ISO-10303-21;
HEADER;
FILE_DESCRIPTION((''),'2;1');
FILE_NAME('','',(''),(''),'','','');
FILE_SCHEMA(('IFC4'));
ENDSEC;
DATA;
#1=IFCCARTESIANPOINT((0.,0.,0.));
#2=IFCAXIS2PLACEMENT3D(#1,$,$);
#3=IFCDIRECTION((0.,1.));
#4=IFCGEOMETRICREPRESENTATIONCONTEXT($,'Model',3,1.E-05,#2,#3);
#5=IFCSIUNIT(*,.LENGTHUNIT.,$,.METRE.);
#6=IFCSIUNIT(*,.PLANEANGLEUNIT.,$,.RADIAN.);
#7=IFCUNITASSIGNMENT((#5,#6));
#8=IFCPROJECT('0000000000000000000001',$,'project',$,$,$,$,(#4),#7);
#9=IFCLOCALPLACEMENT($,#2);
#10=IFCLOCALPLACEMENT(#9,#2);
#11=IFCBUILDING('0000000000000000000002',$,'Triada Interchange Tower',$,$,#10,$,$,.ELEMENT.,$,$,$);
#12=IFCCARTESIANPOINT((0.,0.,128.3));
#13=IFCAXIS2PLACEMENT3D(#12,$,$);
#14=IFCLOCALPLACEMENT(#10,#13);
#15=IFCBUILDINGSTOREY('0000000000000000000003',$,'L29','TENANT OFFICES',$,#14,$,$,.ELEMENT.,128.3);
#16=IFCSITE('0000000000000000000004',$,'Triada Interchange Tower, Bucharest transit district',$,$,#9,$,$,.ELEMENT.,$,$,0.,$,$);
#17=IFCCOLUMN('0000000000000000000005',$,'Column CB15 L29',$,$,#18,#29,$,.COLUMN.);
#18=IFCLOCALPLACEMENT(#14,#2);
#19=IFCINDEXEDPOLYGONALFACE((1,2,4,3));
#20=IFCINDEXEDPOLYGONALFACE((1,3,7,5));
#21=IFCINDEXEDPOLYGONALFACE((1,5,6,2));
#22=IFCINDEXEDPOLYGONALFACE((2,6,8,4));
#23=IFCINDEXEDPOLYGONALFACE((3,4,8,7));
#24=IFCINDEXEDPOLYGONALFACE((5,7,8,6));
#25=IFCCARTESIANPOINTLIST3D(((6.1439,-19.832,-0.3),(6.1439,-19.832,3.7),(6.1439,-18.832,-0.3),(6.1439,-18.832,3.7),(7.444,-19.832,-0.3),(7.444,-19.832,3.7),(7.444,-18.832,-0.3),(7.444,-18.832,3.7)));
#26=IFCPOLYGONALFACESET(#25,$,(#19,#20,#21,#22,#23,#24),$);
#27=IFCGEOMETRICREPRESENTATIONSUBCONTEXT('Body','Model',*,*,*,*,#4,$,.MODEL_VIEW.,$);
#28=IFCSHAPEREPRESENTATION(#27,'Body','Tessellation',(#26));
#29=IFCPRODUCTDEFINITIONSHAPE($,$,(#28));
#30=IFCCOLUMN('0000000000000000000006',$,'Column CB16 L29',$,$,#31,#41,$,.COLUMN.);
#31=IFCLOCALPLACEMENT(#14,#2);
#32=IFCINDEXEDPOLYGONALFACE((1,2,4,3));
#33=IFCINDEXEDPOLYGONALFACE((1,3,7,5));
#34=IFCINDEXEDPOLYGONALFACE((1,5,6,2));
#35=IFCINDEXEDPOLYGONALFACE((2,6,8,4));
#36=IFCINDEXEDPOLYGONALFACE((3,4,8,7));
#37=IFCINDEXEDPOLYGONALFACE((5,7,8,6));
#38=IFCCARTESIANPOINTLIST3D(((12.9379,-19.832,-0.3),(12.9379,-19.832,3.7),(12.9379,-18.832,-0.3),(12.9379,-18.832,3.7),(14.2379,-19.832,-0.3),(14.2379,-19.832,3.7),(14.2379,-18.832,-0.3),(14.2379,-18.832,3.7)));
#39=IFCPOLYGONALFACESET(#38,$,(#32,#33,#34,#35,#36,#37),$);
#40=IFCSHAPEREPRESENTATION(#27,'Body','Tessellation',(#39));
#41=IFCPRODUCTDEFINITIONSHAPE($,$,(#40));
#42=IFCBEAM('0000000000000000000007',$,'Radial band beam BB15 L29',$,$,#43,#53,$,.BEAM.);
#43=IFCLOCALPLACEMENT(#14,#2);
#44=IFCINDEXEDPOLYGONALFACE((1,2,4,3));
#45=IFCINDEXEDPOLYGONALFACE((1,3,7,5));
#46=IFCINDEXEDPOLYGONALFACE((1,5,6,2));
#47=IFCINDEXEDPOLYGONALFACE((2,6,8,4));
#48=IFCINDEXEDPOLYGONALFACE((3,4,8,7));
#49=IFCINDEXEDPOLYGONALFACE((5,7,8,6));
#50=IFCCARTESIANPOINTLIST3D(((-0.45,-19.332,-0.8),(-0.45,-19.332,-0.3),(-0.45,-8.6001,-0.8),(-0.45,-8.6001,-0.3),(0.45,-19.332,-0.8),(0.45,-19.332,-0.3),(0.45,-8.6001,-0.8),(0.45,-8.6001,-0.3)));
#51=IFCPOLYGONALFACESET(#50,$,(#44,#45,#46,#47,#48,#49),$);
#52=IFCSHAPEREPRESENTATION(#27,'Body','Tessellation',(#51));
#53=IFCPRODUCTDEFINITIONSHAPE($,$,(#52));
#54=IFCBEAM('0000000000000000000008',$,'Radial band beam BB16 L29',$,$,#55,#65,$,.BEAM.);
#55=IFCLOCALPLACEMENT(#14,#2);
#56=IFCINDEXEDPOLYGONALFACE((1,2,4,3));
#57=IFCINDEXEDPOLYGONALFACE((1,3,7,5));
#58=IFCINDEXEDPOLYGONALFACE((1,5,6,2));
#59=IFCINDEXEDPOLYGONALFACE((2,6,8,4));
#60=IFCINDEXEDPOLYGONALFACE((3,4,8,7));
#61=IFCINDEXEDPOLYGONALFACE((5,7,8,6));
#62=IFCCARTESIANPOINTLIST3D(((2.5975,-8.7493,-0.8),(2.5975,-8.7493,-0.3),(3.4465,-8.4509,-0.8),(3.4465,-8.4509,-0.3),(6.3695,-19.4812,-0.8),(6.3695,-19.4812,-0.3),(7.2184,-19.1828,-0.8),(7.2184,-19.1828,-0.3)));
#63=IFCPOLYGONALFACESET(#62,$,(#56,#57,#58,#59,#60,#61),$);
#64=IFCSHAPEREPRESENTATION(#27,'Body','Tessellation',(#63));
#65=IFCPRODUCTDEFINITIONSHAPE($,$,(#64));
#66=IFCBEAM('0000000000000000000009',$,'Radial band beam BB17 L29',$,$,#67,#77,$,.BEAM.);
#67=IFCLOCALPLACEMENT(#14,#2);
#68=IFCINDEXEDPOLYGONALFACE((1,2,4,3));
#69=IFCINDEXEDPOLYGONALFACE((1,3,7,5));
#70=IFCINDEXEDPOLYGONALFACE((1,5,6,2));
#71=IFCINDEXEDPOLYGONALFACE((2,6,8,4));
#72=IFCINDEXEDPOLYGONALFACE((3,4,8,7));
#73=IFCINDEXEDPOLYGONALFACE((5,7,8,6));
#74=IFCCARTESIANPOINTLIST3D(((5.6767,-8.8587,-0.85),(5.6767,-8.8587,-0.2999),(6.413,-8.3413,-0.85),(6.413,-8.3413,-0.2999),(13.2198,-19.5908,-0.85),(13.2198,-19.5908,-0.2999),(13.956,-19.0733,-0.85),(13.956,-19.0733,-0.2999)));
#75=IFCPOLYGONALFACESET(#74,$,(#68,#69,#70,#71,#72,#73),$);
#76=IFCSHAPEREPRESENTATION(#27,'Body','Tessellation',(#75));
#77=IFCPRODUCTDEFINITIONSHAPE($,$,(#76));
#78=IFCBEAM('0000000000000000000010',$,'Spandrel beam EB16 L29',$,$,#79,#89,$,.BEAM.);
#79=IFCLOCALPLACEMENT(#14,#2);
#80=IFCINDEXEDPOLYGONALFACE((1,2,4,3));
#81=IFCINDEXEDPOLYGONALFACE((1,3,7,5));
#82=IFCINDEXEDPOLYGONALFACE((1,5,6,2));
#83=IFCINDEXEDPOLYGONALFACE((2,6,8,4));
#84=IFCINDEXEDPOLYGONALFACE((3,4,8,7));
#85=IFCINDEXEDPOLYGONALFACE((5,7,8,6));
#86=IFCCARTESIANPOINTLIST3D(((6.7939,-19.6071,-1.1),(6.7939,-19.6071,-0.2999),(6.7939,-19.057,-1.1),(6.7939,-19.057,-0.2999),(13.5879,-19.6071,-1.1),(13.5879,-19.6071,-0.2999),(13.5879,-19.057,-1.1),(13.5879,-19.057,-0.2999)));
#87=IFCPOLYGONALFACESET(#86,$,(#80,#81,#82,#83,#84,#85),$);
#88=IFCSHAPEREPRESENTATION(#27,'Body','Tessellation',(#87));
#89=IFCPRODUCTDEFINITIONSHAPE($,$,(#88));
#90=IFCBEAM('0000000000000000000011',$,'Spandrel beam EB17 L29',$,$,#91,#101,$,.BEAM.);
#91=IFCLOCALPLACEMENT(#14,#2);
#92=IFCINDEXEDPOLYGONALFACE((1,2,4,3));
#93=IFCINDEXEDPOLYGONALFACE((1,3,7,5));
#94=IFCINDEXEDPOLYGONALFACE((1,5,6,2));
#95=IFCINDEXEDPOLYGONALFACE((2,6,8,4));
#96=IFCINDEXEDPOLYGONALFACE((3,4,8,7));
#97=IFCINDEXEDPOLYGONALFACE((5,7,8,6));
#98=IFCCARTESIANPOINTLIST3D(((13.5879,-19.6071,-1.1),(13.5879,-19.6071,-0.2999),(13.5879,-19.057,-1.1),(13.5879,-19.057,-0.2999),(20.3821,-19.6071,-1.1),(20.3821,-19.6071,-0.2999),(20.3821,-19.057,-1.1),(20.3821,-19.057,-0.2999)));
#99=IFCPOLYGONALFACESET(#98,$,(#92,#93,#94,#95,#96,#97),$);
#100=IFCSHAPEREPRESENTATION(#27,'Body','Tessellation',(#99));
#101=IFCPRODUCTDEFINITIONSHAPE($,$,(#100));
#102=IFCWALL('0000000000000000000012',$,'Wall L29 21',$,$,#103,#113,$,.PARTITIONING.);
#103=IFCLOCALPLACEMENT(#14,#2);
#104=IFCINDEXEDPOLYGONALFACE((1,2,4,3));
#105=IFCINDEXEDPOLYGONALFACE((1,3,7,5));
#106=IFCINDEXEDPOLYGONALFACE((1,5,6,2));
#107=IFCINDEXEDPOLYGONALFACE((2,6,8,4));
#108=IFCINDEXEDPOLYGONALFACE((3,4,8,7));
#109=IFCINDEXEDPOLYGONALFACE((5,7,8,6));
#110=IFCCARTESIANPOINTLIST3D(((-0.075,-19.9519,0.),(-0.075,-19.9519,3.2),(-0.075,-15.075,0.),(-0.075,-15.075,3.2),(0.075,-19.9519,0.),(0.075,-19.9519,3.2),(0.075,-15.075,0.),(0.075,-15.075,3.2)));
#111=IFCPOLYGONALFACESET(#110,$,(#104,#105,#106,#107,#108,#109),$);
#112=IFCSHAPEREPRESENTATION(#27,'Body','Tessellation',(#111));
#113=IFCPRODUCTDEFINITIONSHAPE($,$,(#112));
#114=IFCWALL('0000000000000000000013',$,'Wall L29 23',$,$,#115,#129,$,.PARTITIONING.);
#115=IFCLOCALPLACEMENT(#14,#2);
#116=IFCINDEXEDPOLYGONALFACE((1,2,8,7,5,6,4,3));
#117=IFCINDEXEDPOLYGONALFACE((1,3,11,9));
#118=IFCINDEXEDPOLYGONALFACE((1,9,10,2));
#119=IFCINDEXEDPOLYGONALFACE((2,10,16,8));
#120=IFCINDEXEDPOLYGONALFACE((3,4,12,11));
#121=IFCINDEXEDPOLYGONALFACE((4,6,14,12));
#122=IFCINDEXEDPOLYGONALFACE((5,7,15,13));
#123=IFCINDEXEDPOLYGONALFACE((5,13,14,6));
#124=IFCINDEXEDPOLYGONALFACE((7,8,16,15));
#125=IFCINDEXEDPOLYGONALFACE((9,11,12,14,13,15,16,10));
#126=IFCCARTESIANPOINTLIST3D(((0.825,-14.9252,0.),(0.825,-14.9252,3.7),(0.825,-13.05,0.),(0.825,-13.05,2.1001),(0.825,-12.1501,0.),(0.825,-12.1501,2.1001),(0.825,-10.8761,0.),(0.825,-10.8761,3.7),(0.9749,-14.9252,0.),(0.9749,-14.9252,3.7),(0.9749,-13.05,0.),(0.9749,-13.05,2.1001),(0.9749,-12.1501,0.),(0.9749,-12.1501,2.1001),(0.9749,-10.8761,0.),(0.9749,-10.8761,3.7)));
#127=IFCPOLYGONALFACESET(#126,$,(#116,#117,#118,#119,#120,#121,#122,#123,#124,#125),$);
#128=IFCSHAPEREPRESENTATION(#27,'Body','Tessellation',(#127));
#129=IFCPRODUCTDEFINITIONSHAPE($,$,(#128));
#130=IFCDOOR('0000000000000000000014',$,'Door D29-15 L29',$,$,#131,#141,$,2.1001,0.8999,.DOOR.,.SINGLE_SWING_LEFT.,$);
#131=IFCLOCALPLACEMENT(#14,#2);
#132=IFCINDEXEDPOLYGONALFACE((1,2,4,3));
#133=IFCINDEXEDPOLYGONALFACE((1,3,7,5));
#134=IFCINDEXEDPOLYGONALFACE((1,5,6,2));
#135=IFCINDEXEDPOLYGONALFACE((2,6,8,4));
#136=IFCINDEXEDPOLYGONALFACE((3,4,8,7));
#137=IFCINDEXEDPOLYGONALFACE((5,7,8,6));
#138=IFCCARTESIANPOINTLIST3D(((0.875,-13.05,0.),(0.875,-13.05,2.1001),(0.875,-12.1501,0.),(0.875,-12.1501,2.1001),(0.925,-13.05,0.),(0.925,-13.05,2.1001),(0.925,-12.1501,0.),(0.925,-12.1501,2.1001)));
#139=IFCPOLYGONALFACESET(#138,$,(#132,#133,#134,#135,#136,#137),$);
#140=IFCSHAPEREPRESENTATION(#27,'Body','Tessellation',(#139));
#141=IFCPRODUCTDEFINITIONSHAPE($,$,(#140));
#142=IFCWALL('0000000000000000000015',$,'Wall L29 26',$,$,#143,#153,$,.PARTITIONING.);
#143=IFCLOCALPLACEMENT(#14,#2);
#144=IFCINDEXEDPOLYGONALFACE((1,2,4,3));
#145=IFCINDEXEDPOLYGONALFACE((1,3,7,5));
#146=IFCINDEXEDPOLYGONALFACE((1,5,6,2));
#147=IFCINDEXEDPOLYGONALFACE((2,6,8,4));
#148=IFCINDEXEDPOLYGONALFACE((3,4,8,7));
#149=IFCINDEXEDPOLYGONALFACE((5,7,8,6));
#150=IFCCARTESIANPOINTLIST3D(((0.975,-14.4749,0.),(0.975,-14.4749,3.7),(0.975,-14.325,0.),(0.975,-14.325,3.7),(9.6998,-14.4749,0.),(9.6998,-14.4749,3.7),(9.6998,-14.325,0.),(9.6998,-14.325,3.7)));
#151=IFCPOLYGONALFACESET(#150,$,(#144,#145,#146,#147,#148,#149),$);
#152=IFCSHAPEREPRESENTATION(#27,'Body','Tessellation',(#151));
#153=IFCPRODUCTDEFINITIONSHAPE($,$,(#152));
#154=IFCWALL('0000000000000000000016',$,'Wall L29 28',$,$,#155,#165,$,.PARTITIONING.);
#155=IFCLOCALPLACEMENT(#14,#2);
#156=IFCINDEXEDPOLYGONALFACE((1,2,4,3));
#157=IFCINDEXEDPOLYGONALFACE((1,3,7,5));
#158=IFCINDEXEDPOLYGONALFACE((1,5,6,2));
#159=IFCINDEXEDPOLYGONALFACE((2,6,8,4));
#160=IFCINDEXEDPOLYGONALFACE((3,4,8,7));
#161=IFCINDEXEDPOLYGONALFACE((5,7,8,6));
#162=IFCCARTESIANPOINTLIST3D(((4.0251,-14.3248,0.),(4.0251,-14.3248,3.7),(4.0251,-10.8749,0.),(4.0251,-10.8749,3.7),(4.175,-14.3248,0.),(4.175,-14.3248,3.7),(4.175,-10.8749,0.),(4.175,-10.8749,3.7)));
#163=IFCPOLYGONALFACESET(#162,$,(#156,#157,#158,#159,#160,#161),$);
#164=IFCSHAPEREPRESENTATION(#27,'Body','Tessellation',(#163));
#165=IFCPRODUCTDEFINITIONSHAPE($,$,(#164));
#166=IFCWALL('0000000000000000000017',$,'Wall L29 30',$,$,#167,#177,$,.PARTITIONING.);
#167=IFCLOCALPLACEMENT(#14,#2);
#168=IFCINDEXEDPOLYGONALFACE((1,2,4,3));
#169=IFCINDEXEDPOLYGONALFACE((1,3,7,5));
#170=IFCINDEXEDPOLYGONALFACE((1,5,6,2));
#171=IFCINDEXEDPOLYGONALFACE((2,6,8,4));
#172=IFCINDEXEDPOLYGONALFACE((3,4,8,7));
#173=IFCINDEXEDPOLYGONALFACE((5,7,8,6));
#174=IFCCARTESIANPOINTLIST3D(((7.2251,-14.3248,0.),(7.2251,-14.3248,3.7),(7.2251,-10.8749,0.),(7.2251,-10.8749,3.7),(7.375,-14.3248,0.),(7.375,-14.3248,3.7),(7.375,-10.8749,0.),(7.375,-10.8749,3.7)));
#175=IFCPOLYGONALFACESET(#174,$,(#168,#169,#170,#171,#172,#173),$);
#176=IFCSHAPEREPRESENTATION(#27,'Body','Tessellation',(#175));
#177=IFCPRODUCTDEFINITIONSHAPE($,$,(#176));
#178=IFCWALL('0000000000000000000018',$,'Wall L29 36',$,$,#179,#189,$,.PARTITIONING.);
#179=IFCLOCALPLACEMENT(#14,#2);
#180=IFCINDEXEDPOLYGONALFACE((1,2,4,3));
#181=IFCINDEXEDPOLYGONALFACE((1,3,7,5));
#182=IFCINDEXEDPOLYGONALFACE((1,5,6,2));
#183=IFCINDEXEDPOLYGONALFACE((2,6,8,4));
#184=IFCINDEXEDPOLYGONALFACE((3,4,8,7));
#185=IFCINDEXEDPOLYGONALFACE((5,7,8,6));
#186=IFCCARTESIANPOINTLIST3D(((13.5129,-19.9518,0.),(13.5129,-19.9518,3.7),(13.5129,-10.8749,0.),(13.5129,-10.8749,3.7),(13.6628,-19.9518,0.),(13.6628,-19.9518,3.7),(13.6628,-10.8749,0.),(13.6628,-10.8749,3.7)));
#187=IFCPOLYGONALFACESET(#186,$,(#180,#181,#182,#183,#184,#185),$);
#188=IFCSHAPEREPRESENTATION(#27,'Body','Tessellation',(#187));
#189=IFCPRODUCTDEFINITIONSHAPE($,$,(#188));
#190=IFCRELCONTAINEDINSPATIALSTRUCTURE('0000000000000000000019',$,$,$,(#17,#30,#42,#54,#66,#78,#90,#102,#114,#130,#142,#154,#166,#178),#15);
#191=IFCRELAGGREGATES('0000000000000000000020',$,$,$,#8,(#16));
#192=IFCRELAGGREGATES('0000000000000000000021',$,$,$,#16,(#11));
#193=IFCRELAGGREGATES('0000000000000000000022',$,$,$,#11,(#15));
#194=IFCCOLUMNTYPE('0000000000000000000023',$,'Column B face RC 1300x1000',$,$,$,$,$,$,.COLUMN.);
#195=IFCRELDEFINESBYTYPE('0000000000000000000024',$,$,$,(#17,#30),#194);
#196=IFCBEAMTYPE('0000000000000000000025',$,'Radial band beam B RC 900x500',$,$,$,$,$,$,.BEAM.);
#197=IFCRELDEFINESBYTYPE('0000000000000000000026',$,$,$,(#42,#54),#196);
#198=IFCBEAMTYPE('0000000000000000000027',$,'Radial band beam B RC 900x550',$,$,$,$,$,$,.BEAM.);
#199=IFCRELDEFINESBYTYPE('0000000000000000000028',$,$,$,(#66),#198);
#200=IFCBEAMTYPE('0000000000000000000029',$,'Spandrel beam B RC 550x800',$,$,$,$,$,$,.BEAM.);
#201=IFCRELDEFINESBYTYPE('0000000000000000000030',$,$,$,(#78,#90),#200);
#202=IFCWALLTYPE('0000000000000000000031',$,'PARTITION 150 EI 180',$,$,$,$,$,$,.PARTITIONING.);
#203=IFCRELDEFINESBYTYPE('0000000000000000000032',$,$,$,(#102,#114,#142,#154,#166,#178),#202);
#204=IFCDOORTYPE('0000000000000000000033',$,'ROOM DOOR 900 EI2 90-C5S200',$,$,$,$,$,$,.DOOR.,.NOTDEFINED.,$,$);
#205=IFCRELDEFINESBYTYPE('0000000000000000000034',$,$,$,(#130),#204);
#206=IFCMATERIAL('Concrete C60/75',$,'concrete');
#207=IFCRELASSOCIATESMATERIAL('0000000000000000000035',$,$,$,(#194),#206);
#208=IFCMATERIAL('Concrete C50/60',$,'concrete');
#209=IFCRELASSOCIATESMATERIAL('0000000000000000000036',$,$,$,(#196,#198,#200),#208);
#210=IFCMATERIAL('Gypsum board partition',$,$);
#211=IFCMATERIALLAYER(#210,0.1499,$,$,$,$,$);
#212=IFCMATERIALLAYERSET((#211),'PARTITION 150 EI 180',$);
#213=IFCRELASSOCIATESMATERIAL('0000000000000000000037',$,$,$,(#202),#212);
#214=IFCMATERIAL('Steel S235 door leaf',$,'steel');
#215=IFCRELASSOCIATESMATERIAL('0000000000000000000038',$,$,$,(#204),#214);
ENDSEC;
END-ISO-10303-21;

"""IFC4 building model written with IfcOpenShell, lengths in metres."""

from ifc_helpers import new_model, si_unit, direction, frame, frame_2d, origin, origin_2d, place, context, subcontext, project, spatial, rectangle, extrude, material, layer, layer_set, material_profile, profile_set, type_object, element, fill, save


model = new_model("IFC4")

# Units and contexts
model_context = context("Model", 3, precision=1e-05, world=origin(), true_north=direction((0.0, 1.0)))
body_context = subcontext(model_context, "Body", "Model", "MODEL_VIEW")
ifc_project = project(units=[si_unit("LENGTHUNIT", "METRE"), si_unit("PLANEANGLEUNIT", "RADIAN")], contexts=[model_context])

# Site, building, storey
site_placement = place(None, origin())
site = spatial("IfcSite", under=ifc_project, at=site_placement, Name="Triada Interchange Tower, Bucharest transit district", CompositionType="ELEMENT", RefElevation=0.0)
building_placement = place(site_placement, origin())
building = spatial("IfcBuilding", under=site, at=building_placement, Name="Triada Interchange Tower", CompositionType="ELEMENT")
storey_placement = place(building_placement, frame((0.0, 0.0, 128.3)))
storey = spatial("IfcBuildingStorey", under=building, at=storey_placement, Name="L29", Description="TENANT OFFICES", CompositionType="ELEMENT", Elevation=128.3)

# Columns
ifc_material_1 = material(Name="Concrete C60/75", Category="concrete")
ifc_material_profile_1 = material_profile(ifc_material_1, rectangle(XDim=1.3, YDim=1.0, at=origin_2d()), Name="RC 1300x1000")
ifc_profile_set_1 = profile_set([ifc_material_profile_1], Name="Concrete C60/75")
column_type = type_object("IfcColumnType", Name="Column B face RC 1300x1000", PredefinedType="COLUMN", material=ifc_profile_set_1)
for number, where, z_axis, x_axis, name in (
    (1, (6.7939, -19.332, -0.3), (0.0, 0.0, 1.0), (1.0, 0.0, 0.0), "Column CB15 L29"),
    (2, (13.5879, -19.332, -0.3), (0.0, 0.0, 1.0), (1.0, 0.0, 0.0), "Column CB16 L29"),
):
    element("IfcColumn", number, at=place(storey_placement, frame(where, z_axis=z_axis, x_axis=x_axis)), inside=storey, type_object=column_type, Name=name, PredefinedType="COLUMN", context=body_context, shape_type="SweptSolid", body=[
        extrude(rectangle(XDim=1.3, YDim=1.0, at=origin_2d()), origin(), (0.0, 0.0, 1.0), 4.0),
    ])

# Beams
ifc_material_2 = material(Name="Concrete C50/60", Category="concrete")
ifc_material_profile_2 = material_profile(ifc_material_2, rectangle(XDim=0.8999, YDim=0.5, at=origin_2d()), Name="RC 900x500")
ifc_profile_set_2 = profile_set([ifc_material_profile_2], Name="Concrete C50/60")
beam_type_1 = type_object("IfcBeamType", Name="Radial band beam B RC 900x500", PredefinedType="BEAM", material=ifc_profile_set_2)
beam_1_placement = place(storey_placement, frame((0.0, -19.332, -0.55), z_axis=(0.0, 1.0, 0.0), x_axis=(-1.0, 0.0, 0.0)))
element("IfcBeam", 3, at=beam_1_placement, inside=storey, type_object=beam_type_1, Name="Radial band beam BB15 L29", PredefinedType="BEAM", context=body_context, shape_type="SweptSolid", body=[
    extrude(rectangle(XDim=0.8999, YDim=0.5, at=origin_2d()), origin(), (0.0, 0.0, 1.0), 10.7319),
])
beam_2_placement = place(storey_placement, frame((6.7939, -19.332, -0.55), z_axis=(-0.331587, 0.943425, 0.0), x_axis=(-0.943425, -0.331587, 0.0)))
element("IfcBeam", 4, at=beam_2_placement, inside=storey, type_object=beam_type_1, Name="Radial band beam BB16 L29", PredefinedType="BEAM", context=body_context, shape_type="SweptSolid", body=[
    extrude(rectangle(XDim=0.8999, YDim=0.5, at=origin_2d()), origin(), (0.0, 0.0, 1.0), 11.3755),
])
ifc_material_profile_3 = material_profile(ifc_material_2, rectangle(XDim=0.8999, YDim=0.55, at=origin_2d()), Name="RC 900x550")
ifc_profile_set_3 = profile_set([ifc_material_profile_3], Name="Concrete C50/60")
beam_type_2 = type_object("IfcBeamType", Name="Radial band beam B RC 900x550", PredefinedType="BEAM", material=ifc_profile_set_3)
beam_3_placement = place(storey_placement, frame((13.5879, -19.332, -0.575), z_axis=(-0.575028, 0.818134, 0.0), x_axis=(-0.818134, -0.575028, 0.0)))
element("IfcBeam", 5, at=beam_3_placement, inside=storey, type_object=beam_type_2, Name="Radial band beam BB17 L29", PredefinedType="BEAM", context=body_context, shape_type="SweptSolid", body=[
    extrude(rectangle(XDim=0.8999, YDim=0.55, at=origin_2d()), origin(), (0.0, 0.0, 1.0), 13.1177),
])
ifc_material_profile_4 = material_profile(ifc_material_2, rectangle(XDim=0.55, YDim=0.8, at=origin_2d()), Name="RC 550x800")
ifc_profile_set_4 = profile_set([ifc_material_profile_4], Name="Concrete C50/60")
beam_type_3 = type_object("IfcBeamType", Name="Spandrel beam B RC 550x800", PredefinedType="BEAM", material=ifc_profile_set_4)
beam_4_placement = place(storey_placement, frame((6.7939, -19.332, -0.7), z_axis=(1.0, 0.0, 0.0), x_axis=(0.0, 1.0, 0.0)))
element("IfcBeam", 6, at=beam_4_placement, inside=storey, type_object=beam_type_3, Name="Spandrel beam EB16 L29", PredefinedType="BEAM", context=body_context, shape_type="SweptSolid", body=[
    extrude(rectangle(XDim=0.55, YDim=0.8, at=origin_2d()), origin(), (0.0, 0.0, 1.0), 6.7939),
])
beam_5_placement = place(storey_placement, frame((13.5879, -19.332, -0.7), z_axis=(1.0, 0.0, 0.0), x_axis=(0.0, 1.0, 0.0)))
element("IfcBeam", 7, at=beam_5_placement, inside=storey, type_object=beam_type_3, Name="Spandrel beam EB17 L29", PredefinedType="BEAM", context=body_context, shape_type="SweptSolid", body=[
    extrude(rectangle(XDim=0.55, YDim=0.8, at=origin_2d()), origin(), (0.0, 0.0, 1.0), 6.7942),
])

# Wall
ifc_material_3 = material(Name="Gypsum board partition")
ifc_layer_1 = layer(ifc_material_3, 0.1499)
ifc_layer_set_1 = layer_set([ifc_layer_1], Name="PARTITION 150 EI 180")
wall_type = type_object("IfcWallType", Name="PARTITION 150 EI 180", PredefinedType="PARTITIONING", material=ifc_layer_set_1)
wall_1_placement = place(storey_placement, frame((0.0, -19.9519, 0.0), z_axis=(0.0, 0.0, 1.0), x_axis=(0.0, 1.0, 0.0)))
element("IfcWall", 8, at=wall_1_placement, inside=storey, type_object=wall_type, Name="Wall L29 21", PredefinedType="PARTITIONING", context=body_context, shape_type="SweptSolid", body=[
    extrude(rectangle(XDim=4.877, YDim=0.1499, at=frame_2d((2.4385, 0.0))), origin(), (0.0, 0.0, 1.0), 3.2),
])

# Wall, opening, door
wall_2_placement = place(storey_placement, frame((0.8999, -14.925, 0.0), z_axis=(0.0, 0.0, 1.0), x_axis=(0.0, 1.0, 0.0)))
wall_2 = element("IfcWall", 9, at=wall_2_placement, inside=storey, type_object=wall_type, Name="Wall L29 23", PredefinedType="PARTITIONING", context=body_context, shape_type="SweptSolid", body=[
    extrude(rectangle(XDim=4.0491, YDim=0.1499, at=frame_2d((2.0244, 0.0))), origin(), (0.0, 0.0, 1.0), 3.7),
])
opening_placement = place(wall_2_placement, frame((1.875, 0.0, 0.0)))
opening = element("IfcOpeningElement", 10, at=opening_placement, cuts=wall_2, PredefinedType="OPENING", context=body_context, shape_type="SweptSolid", body=[
    extrude(rectangle(XDim=0.8999, YDim=2.1001, at=frame_2d((0.45, 1.05))), frame((0.0, 0.085, 0.0), z_axis=(0.0, -1.0, 0.0), x_axis=(1.0, 0.0, 0.0)), (0.0, 0.0, 1.0), 0.1699),
])
ifc_material_4 = material(Name="Steel S235 door leaf", Category="steel")
door_type = type_object("IfcDoorType", Name="ROOM DOOR 900 EI2 90-C5S200", OperationType="NOTDEFINED", PredefinedType="DOOR", material=ifc_material_4)
door_placement = place(opening_placement, origin())
door = element("IfcDoor", 11, at=door_placement, inside=storey, type_object=door_type, Name="Door D29-15 L29", OperationType="SINGLE_SWING_LEFT", OverallHeight=2.1001, OverallWidth=0.8999, PredefinedType="DOOR", context=body_context, shape_type="SweptSolid", body=[
    extrude(rectangle(XDim=0.8999, YDim=2.1001, at=frame_2d((0.45, 1.05))), frame((0.0, 0.0249, 0.0), z_axis=(0.0, -1.0, 0.0), x_axis=(1.0, 0.0, 0.0)), (0.0, 0.0, 1.0), 0.05),
])
fill(opening, door)

# Walls
wall_3_placement = place(storey_placement, frame((0.9751, -14.3999, 0.0), z_axis=(0.0, 0.0, 1.0), x_axis=(1.0, 0.0, 0.0)))
element("IfcWall", 12, at=wall_3_placement, inside=storey, type_object=wall_type, Name="Wall L29 26", PredefinedType="PARTITIONING", context=body_context, shape_type="SweptSolid", body=[
    extrude(rectangle(XDim=8.7249, YDim=0.1499, at=frame_2d((4.3623, 0.0))), origin(), (0.0, 0.0, 1.0), 3.7),
])
for number, where, z_axis, x_axis, name in (
    (13, (4.1001, -14.325, 0.0), (0.0, 0.0, 1.0), (0.0, 1.0, 0.0), "Wall L29 28"),
    (14, (7.3, -14.325, 0.0), (0.0, 0.0, 1.0), (0.0, 1.0, 0.0), "Wall L29 30"),
):
    element("IfcWall", number, at=place(storey_placement, frame(where, z_axis=z_axis, x_axis=x_axis)), inside=storey, type_object=wall_type, Name=name, PredefinedType="PARTITIONING", context=body_context, shape_type="SweptSolid", body=[
        extrude(rectangle(XDim=3.45, YDim=0.1499, at=frame_2d((1.7251, 0.0))), origin(), (0.0, 0.0, 1.0), 3.7),
    ])
wall_4_placement = place(storey_placement, frame((13.5879, -19.9519, 0.0), z_axis=(0.0, 0.0, 1.0), x_axis=(0.0, 1.0, 0.0)))
element("IfcWall", 15, at=wall_4_placement, inside=storey, type_object=wall_type, Name="Wall L29 36", PredefinedType="PARTITIONING", context=body_context, shape_type="SweptSolid", body=[
    extrude(rectangle(XDim=9.0769, YDim=0.1499, at=frame_2d((4.5386, 0.0))), origin(), (0.0, 0.0, 1.0), 3.7),
])

save(model, "model.ifc")
